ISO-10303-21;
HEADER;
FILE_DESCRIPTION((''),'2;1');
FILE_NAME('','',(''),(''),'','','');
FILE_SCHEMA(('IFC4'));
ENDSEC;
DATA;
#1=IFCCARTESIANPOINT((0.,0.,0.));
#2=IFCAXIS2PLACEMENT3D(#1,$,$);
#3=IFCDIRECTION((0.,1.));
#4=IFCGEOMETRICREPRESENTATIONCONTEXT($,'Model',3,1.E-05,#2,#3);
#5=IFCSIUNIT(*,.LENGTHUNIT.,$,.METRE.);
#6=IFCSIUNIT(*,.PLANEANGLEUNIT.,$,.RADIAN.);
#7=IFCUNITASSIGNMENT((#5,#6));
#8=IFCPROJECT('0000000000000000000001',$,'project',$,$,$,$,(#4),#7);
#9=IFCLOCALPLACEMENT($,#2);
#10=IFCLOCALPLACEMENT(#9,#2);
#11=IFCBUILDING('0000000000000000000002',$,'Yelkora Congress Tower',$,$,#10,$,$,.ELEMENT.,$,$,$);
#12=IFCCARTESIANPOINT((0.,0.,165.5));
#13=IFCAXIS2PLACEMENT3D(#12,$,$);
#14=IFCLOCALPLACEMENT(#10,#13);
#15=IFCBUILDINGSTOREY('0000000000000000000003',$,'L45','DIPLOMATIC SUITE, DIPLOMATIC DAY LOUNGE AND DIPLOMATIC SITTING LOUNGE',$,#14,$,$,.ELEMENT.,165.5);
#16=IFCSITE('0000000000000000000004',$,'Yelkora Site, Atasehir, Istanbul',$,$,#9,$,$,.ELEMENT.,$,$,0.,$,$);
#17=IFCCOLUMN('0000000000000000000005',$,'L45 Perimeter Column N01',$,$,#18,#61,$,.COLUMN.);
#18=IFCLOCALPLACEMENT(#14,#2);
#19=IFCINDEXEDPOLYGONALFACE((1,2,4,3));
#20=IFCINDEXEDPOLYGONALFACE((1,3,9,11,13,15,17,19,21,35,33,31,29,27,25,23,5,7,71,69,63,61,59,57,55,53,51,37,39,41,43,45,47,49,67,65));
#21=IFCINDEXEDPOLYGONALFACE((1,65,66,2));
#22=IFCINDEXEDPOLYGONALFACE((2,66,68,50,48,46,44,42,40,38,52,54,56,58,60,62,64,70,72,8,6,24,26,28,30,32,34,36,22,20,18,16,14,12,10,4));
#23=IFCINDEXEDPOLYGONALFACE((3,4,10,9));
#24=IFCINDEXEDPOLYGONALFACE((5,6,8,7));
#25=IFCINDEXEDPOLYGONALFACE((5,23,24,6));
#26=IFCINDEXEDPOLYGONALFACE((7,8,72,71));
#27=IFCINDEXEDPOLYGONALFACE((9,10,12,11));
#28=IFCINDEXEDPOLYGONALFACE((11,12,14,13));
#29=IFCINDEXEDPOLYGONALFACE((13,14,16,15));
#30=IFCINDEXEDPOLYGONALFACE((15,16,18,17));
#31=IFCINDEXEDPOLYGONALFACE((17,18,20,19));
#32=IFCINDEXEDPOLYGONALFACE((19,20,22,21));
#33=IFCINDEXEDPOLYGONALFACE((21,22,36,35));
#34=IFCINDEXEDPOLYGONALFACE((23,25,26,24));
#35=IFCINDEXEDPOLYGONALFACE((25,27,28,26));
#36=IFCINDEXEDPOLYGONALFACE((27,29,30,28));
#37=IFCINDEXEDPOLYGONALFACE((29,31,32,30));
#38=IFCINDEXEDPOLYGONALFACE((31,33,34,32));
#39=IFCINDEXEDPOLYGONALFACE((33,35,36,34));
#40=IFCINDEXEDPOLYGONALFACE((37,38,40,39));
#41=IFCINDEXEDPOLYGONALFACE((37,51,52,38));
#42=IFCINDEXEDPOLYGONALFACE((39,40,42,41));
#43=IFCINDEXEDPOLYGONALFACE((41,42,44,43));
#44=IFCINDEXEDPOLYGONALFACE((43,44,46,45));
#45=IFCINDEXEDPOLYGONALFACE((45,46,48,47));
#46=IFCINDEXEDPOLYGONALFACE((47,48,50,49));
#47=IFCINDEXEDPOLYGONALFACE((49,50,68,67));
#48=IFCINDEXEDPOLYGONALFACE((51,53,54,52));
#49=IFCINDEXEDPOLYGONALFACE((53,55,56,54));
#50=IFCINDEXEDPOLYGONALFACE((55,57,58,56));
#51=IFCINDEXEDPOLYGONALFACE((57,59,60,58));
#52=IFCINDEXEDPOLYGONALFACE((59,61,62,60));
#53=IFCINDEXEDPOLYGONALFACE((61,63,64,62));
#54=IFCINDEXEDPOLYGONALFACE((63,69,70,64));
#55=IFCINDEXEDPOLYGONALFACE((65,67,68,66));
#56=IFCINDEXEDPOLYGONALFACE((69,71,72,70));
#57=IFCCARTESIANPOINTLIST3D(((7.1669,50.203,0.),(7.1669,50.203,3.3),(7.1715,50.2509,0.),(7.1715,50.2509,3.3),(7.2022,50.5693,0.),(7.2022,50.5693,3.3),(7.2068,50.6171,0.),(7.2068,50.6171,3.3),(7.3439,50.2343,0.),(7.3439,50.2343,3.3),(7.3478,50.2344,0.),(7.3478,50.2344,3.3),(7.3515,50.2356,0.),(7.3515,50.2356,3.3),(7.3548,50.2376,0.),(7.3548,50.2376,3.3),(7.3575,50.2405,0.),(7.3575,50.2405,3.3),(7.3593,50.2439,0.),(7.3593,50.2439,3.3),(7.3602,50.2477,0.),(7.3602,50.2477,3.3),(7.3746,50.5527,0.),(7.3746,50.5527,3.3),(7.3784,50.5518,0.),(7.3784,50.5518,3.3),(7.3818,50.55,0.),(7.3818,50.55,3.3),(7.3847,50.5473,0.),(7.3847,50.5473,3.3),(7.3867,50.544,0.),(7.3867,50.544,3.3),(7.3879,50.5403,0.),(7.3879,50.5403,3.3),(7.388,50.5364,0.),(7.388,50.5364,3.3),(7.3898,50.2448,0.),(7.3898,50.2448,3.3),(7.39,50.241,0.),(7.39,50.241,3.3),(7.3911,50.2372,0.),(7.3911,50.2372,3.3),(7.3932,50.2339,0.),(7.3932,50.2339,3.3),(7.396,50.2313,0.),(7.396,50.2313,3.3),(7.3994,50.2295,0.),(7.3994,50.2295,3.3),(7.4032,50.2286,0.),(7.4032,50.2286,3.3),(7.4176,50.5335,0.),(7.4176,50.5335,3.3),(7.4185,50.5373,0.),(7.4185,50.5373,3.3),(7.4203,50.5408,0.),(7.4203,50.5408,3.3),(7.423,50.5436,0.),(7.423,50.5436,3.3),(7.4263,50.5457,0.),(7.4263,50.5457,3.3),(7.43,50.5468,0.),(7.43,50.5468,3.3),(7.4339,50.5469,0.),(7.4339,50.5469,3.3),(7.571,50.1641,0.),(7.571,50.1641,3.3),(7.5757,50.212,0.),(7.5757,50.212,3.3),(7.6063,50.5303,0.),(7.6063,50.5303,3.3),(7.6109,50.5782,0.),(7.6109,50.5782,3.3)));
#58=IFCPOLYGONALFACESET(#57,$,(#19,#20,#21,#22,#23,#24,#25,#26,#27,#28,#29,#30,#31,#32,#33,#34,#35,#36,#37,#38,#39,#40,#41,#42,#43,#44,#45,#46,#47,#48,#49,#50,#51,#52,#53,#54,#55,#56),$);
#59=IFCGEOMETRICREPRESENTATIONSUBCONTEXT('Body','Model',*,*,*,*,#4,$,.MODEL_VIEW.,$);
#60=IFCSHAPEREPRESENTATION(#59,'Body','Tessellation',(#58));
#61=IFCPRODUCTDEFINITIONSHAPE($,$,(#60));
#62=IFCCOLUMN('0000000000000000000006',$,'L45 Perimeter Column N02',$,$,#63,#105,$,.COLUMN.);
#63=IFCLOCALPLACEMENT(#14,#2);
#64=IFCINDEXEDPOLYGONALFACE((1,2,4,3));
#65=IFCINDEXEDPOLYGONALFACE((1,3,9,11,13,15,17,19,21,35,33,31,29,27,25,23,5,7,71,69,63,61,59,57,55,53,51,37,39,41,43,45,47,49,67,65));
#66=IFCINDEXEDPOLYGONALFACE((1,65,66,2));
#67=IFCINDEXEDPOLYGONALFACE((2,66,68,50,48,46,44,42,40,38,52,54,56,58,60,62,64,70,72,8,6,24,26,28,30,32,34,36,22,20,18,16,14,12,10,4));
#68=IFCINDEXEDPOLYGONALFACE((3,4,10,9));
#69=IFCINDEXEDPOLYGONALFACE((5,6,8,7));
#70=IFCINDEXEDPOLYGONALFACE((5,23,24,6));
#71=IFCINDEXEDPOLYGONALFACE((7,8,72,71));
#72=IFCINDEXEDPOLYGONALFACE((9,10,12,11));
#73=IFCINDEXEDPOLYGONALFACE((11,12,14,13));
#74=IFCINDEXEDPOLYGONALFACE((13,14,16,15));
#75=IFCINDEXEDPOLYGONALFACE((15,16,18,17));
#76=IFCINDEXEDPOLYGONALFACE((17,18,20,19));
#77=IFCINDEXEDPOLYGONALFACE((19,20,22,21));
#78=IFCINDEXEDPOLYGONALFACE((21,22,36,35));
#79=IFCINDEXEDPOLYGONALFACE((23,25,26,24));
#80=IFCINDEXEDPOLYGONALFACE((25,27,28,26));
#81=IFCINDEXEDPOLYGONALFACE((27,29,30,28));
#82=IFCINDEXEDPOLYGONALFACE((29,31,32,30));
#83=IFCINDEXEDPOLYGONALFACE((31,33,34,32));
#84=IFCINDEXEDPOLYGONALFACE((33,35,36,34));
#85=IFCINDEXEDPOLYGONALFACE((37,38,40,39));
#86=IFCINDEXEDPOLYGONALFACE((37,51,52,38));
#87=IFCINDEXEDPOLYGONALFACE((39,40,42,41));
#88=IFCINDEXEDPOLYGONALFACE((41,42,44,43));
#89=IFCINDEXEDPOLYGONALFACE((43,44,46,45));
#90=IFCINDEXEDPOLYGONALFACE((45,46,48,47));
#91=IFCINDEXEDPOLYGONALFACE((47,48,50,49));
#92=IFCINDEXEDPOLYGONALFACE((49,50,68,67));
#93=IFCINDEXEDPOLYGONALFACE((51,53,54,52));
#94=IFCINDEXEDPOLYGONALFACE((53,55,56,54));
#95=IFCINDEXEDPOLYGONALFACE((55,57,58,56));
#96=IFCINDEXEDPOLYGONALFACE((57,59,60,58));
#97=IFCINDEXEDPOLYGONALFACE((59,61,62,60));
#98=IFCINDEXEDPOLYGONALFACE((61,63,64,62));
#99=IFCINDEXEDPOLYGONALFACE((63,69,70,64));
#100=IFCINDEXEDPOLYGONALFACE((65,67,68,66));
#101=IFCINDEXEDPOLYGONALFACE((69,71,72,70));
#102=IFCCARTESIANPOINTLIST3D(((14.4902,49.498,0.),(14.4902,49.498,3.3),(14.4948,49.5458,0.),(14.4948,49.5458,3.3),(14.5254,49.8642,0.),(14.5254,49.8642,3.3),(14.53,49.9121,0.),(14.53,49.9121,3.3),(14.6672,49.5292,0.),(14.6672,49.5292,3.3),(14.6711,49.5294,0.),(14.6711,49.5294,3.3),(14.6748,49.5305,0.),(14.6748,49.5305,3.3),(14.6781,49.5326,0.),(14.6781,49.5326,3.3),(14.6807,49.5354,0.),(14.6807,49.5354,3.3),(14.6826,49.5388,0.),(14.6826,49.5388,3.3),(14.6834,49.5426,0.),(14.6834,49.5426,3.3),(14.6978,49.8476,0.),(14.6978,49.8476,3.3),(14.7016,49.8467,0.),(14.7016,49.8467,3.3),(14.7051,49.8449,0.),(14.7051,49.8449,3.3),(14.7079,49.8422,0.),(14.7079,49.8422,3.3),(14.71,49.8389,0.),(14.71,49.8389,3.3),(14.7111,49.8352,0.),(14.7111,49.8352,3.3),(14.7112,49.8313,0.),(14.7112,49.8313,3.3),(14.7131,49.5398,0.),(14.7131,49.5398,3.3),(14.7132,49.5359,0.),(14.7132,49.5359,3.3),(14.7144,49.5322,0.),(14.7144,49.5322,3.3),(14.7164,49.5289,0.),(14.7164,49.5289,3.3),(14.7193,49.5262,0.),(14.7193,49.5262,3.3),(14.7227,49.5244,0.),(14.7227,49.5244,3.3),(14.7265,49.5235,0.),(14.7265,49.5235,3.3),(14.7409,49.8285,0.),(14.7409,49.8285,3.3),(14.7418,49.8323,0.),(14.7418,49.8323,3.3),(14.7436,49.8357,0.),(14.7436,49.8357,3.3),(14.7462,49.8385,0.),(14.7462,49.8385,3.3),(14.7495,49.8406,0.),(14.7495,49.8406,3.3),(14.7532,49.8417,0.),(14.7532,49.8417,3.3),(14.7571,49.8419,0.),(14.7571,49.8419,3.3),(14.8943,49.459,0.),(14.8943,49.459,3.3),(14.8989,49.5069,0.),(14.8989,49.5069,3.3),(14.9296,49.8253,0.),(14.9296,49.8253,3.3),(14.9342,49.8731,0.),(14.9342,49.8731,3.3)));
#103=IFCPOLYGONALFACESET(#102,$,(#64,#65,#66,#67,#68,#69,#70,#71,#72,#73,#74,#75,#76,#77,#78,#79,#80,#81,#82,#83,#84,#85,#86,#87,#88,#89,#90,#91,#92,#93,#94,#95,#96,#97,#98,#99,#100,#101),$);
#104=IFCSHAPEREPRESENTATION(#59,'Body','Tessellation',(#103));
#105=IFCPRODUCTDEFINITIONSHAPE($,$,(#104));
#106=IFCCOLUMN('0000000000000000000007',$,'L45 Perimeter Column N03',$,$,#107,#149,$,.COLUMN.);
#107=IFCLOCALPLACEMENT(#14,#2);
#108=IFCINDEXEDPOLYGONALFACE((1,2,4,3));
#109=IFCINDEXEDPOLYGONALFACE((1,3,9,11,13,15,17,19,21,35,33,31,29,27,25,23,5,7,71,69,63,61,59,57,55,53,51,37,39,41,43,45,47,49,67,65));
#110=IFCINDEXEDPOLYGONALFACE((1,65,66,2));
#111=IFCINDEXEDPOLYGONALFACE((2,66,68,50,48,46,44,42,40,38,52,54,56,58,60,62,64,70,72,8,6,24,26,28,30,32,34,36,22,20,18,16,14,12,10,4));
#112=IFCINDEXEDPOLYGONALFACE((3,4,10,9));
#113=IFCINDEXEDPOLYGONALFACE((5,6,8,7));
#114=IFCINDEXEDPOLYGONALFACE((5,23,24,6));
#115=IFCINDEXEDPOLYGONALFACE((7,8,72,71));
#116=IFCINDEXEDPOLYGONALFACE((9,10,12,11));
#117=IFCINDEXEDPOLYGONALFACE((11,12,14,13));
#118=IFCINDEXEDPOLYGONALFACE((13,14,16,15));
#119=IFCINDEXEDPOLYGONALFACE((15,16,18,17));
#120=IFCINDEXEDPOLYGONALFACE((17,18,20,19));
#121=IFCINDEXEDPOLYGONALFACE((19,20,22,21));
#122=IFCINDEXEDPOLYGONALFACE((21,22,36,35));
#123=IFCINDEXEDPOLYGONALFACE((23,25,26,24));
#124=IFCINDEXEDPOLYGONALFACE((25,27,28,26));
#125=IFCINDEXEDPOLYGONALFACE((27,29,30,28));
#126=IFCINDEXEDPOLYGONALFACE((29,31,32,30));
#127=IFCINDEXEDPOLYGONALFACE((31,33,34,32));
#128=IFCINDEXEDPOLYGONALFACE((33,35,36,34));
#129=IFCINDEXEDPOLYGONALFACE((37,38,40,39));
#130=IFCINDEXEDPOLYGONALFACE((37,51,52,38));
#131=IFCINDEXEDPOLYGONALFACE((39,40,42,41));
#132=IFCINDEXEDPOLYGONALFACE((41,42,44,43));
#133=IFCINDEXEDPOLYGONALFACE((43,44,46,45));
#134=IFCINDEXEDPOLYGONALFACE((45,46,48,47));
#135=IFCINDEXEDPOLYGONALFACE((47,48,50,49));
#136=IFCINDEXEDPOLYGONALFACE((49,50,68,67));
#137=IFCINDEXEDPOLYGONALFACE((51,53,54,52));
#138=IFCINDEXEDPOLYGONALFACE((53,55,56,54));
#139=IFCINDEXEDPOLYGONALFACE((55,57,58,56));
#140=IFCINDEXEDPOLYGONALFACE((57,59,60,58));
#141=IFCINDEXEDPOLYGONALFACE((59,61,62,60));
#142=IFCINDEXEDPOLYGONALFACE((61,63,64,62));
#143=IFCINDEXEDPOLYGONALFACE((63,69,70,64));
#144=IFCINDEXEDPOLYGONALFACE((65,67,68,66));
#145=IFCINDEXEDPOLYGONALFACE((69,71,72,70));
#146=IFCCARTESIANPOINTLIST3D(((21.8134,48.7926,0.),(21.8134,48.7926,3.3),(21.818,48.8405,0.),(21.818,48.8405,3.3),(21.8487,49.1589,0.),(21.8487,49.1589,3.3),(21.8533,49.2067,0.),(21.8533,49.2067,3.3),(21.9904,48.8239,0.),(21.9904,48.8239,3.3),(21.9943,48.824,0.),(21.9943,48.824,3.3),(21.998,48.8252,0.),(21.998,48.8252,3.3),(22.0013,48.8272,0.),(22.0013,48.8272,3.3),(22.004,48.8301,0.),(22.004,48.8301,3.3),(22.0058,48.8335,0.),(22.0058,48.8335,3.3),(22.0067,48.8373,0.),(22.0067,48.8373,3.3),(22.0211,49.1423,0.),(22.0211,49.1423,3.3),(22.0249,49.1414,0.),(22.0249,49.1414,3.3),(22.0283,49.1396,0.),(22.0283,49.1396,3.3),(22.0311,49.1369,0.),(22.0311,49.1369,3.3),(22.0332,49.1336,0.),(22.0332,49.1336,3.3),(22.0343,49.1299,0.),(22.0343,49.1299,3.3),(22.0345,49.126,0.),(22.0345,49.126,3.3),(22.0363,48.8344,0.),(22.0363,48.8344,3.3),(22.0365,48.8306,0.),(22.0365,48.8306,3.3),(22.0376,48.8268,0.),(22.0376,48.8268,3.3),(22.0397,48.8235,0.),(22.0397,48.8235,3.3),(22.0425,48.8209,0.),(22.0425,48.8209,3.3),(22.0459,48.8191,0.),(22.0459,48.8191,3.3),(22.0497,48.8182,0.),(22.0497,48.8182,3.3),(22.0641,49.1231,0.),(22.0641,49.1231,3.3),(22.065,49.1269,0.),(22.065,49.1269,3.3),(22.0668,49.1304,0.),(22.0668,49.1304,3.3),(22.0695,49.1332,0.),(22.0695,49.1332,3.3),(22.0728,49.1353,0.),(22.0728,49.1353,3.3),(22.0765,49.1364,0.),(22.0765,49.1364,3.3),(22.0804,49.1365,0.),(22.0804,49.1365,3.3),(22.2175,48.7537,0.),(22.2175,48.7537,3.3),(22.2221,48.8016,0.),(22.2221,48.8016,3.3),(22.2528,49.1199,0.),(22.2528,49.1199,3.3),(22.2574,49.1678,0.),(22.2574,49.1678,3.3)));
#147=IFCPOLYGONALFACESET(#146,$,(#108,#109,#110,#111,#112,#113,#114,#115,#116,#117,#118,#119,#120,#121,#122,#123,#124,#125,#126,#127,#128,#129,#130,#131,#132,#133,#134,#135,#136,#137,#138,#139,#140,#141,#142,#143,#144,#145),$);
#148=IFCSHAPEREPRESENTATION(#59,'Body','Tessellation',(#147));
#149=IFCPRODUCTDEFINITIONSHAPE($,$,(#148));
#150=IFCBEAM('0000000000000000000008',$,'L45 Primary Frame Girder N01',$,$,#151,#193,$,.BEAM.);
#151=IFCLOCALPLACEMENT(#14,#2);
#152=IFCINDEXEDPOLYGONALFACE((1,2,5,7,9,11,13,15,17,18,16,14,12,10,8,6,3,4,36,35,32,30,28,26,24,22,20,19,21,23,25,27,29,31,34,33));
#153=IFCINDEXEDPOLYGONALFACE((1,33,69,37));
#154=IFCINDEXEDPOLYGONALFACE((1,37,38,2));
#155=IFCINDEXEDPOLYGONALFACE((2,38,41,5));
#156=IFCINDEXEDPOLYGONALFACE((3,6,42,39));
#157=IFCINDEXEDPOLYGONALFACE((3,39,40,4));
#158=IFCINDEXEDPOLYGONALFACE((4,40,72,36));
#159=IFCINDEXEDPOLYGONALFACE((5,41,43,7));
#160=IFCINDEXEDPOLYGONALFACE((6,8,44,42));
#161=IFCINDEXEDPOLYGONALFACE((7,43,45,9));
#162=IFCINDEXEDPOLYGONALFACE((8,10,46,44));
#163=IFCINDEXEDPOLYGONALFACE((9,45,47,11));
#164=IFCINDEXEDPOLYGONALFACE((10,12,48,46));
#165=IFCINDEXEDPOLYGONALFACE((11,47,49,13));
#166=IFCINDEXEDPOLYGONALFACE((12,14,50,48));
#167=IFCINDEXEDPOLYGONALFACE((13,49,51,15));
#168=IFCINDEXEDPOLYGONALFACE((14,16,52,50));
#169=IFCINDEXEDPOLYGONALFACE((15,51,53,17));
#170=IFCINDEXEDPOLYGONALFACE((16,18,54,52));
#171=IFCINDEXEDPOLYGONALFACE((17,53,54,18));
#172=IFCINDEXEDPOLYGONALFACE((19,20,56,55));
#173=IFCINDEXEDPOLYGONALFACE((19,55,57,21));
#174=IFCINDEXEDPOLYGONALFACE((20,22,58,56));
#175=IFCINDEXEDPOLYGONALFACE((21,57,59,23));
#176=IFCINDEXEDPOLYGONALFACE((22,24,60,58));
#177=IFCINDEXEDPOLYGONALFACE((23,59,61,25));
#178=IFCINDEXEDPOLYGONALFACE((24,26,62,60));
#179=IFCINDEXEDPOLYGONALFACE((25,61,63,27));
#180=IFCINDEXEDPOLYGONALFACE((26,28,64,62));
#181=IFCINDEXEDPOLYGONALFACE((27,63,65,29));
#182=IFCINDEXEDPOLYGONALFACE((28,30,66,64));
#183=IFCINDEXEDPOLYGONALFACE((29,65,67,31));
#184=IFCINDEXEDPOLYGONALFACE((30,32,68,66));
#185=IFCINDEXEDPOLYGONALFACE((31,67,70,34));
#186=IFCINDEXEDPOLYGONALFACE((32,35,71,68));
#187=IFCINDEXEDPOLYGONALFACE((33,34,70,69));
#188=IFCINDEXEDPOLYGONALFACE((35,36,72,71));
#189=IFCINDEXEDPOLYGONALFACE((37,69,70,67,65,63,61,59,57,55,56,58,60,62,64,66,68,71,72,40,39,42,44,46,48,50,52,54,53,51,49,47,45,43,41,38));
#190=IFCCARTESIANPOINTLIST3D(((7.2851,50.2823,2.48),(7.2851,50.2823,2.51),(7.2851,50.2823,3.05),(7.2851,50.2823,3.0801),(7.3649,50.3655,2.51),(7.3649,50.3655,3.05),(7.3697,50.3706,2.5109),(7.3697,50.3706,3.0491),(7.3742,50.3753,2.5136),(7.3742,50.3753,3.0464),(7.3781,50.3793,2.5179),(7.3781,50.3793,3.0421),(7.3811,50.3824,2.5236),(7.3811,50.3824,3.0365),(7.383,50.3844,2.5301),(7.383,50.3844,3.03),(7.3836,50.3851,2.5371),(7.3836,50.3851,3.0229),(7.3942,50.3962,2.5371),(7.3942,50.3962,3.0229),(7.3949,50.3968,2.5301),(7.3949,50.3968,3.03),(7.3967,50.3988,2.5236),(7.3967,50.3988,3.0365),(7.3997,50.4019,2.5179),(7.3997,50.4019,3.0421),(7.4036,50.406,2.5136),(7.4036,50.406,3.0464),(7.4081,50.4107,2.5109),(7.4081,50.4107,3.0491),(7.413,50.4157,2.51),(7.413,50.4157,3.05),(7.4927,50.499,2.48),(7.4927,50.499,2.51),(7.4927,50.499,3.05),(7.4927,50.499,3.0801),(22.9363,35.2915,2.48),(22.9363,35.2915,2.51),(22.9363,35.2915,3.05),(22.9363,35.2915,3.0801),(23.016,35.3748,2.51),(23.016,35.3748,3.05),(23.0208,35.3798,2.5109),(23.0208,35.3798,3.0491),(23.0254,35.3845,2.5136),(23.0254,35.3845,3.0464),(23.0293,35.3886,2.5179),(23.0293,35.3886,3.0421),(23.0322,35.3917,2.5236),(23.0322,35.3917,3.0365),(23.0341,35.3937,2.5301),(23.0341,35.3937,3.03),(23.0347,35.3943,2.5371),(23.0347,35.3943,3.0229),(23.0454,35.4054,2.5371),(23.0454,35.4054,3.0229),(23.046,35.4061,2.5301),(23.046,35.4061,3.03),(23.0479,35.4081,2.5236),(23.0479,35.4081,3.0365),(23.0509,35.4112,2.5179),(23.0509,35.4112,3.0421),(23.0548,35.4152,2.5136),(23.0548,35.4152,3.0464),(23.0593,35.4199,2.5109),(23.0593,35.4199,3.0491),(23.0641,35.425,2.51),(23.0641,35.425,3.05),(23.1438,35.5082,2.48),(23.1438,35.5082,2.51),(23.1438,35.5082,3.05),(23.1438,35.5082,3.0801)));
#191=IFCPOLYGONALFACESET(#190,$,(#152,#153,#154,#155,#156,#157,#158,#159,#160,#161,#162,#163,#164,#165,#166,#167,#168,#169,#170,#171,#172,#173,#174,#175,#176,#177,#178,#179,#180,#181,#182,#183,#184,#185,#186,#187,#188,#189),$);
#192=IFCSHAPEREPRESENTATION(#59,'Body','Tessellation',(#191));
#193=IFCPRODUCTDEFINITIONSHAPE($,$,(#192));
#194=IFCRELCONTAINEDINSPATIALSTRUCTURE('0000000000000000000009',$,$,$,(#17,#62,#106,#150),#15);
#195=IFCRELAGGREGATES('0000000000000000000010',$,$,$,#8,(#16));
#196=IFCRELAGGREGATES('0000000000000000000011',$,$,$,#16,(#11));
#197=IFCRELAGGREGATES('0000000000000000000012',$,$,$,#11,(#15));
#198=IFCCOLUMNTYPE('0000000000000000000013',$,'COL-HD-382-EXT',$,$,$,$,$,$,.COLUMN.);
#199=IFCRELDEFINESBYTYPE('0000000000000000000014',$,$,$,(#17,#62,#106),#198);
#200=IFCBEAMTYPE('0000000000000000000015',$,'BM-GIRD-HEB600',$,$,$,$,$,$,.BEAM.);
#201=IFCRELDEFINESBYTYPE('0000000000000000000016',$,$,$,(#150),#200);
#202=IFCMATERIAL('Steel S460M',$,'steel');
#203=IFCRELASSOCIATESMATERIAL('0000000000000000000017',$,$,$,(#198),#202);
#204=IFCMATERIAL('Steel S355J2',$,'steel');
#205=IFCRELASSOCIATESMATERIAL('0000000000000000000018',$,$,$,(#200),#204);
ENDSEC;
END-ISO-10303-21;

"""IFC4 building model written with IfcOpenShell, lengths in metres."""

from ifc_helpers import new_model, si_unit, direction, frame, origin, origin_2d, place, context, subcontext, project, spatial, i_section, extrude, material, material_profile, profile_set, type_object, element, save


model = new_model("IFC4")

# Units and contexts
model_context = context("Model", 3, precision=1e-05, world=origin(), true_north=direction((0.0, 1.0)))
body_context = subcontext(model_context, "Body", "Model", "MODEL_VIEW")
ifc_project = project(units=[si_unit("LENGTHUNIT", "METRE"), si_unit("PLANEANGLEUNIT", "RADIAN")], contexts=[model_context])

# Site, building, storey
site_placement = place(None, origin())
site = spatial("IfcSite", under=ifc_project, at=site_placement, Name="Yelkora Site, Atasehir, Istanbul", CompositionType="ELEMENT", RefElevation=0.0)
building_placement = place(site_placement, origin())
building = spatial("IfcBuilding", under=site, at=building_placement, Name="Yelkora Congress Tower", CompositionType="ELEMENT")
storey_placement = place(building_placement, frame((0.0, 0.0, 165.5)))
storey = spatial("IfcBuildingStorey", under=building, at=storey_placement, Name="L45", Description="DIPLOMATIC SUITE, DIPLOMATIC DAY LOUNGE AND DIPLOMATIC SITTING LOUNGE", CompositionType="ELEMENT", Elevation=165.5)

# Columns
ifc_material_1 = material(Name="Steel S460M", Category="steel")
ifc_material_profile_1 = material_profile(ifc_material_1, i_section(OverallWidth=0.406, OverallDepth=0.416, WebThickness=0.0298, FlangeThickness=0.0481, FilletRadius=0.0149, at=origin_2d()), Name="HD 400x382")
ifc_profile_set_1 = profile_set([ifc_material_profile_1], Name="Steel S460M")
column_type = type_object("IfcColumnType", Name="COL-HD-382-EXT", PredefinedType="COLUMN", material=ifc_profile_set_1)
for number, where, z_axis, x_axis, name in (
    (1, (7.3889, 50.3906, 0.0), (0.0, 0.0, 1.0), (0.995396, -0.095846, 0.0), "L45 Perimeter Column N01"),
    (2, (14.7122, 49.6855, 0.0), (0.0, 0.0, 1.0), (0.995396, -0.095846, 0.0), "L45 Perimeter Column N02"),
    (3, (22.0354, 48.9802, 0.0), (0.0, 0.0, 1.0), (0.995396, -0.095846, 0.0), "L45 Perimeter Column N03"),
):
    element("IfcColumn", number, at=place(storey_placement, frame(where, z_axis=z_axis, x_axis=x_axis)), inside=storey, type_object=column_type, Name=name, PredefinedType="COLUMN", context=body_context, shape_type="SweptSolid", body=[
        extrude(i_section(OverallWidth=0.406, OverallDepth=0.416, WebThickness=0.0298, FlangeThickness=0.0481, FilletRadius=0.0149, at=origin_2d()), origin(), (0.0, 0.0, 1.0), 3.3),
    ])

# Beam
ifc_material_2 = material(Name="Steel S355J2", Category="steel")
ifc_material_profile_2 = material_profile(ifc_material_2, i_section(OverallWidth=0.3, OverallDepth=0.6001, WebThickness=0.0154, FlangeThickness=0.03, FilletRadius=0.0271, at=origin_2d()), Name="HEB 600")
ifc_profile_set_2 = profile_set([ifc_material_profile_2], Name="Steel S355J2")
beam_type_1 = type_object("IfcBeamType", Name="BM-GIRD-HEB600", PredefinedType="BEAM", material=ifc_profile_set_2)
beam_1_placement = place(storey_placement, frame((7.3889, 50.3906, 2.78), z_axis=(0.722179, -0.691706, 0.0), x_axis=(0.691706, 0.722179, 0.0)))
element("IfcBeam", 4, at=beam_1_placement, inside=storey, type_object=beam_type_1, Name="L45 Primary Frame Girder N01", PredefinedType="BEAM", context=body_context, shape_type="SweptSolid", body=[
    extrude(i_section(OverallWidth=0.3, OverallDepth=0.6001, WebThickness=0.0154, FlangeThickness=0.03, FilletRadius=0.0271, at=origin_2d()), origin(), (0.0, 0.0, 1.0), 21.6721),
])

save(model, "model.ifc")
